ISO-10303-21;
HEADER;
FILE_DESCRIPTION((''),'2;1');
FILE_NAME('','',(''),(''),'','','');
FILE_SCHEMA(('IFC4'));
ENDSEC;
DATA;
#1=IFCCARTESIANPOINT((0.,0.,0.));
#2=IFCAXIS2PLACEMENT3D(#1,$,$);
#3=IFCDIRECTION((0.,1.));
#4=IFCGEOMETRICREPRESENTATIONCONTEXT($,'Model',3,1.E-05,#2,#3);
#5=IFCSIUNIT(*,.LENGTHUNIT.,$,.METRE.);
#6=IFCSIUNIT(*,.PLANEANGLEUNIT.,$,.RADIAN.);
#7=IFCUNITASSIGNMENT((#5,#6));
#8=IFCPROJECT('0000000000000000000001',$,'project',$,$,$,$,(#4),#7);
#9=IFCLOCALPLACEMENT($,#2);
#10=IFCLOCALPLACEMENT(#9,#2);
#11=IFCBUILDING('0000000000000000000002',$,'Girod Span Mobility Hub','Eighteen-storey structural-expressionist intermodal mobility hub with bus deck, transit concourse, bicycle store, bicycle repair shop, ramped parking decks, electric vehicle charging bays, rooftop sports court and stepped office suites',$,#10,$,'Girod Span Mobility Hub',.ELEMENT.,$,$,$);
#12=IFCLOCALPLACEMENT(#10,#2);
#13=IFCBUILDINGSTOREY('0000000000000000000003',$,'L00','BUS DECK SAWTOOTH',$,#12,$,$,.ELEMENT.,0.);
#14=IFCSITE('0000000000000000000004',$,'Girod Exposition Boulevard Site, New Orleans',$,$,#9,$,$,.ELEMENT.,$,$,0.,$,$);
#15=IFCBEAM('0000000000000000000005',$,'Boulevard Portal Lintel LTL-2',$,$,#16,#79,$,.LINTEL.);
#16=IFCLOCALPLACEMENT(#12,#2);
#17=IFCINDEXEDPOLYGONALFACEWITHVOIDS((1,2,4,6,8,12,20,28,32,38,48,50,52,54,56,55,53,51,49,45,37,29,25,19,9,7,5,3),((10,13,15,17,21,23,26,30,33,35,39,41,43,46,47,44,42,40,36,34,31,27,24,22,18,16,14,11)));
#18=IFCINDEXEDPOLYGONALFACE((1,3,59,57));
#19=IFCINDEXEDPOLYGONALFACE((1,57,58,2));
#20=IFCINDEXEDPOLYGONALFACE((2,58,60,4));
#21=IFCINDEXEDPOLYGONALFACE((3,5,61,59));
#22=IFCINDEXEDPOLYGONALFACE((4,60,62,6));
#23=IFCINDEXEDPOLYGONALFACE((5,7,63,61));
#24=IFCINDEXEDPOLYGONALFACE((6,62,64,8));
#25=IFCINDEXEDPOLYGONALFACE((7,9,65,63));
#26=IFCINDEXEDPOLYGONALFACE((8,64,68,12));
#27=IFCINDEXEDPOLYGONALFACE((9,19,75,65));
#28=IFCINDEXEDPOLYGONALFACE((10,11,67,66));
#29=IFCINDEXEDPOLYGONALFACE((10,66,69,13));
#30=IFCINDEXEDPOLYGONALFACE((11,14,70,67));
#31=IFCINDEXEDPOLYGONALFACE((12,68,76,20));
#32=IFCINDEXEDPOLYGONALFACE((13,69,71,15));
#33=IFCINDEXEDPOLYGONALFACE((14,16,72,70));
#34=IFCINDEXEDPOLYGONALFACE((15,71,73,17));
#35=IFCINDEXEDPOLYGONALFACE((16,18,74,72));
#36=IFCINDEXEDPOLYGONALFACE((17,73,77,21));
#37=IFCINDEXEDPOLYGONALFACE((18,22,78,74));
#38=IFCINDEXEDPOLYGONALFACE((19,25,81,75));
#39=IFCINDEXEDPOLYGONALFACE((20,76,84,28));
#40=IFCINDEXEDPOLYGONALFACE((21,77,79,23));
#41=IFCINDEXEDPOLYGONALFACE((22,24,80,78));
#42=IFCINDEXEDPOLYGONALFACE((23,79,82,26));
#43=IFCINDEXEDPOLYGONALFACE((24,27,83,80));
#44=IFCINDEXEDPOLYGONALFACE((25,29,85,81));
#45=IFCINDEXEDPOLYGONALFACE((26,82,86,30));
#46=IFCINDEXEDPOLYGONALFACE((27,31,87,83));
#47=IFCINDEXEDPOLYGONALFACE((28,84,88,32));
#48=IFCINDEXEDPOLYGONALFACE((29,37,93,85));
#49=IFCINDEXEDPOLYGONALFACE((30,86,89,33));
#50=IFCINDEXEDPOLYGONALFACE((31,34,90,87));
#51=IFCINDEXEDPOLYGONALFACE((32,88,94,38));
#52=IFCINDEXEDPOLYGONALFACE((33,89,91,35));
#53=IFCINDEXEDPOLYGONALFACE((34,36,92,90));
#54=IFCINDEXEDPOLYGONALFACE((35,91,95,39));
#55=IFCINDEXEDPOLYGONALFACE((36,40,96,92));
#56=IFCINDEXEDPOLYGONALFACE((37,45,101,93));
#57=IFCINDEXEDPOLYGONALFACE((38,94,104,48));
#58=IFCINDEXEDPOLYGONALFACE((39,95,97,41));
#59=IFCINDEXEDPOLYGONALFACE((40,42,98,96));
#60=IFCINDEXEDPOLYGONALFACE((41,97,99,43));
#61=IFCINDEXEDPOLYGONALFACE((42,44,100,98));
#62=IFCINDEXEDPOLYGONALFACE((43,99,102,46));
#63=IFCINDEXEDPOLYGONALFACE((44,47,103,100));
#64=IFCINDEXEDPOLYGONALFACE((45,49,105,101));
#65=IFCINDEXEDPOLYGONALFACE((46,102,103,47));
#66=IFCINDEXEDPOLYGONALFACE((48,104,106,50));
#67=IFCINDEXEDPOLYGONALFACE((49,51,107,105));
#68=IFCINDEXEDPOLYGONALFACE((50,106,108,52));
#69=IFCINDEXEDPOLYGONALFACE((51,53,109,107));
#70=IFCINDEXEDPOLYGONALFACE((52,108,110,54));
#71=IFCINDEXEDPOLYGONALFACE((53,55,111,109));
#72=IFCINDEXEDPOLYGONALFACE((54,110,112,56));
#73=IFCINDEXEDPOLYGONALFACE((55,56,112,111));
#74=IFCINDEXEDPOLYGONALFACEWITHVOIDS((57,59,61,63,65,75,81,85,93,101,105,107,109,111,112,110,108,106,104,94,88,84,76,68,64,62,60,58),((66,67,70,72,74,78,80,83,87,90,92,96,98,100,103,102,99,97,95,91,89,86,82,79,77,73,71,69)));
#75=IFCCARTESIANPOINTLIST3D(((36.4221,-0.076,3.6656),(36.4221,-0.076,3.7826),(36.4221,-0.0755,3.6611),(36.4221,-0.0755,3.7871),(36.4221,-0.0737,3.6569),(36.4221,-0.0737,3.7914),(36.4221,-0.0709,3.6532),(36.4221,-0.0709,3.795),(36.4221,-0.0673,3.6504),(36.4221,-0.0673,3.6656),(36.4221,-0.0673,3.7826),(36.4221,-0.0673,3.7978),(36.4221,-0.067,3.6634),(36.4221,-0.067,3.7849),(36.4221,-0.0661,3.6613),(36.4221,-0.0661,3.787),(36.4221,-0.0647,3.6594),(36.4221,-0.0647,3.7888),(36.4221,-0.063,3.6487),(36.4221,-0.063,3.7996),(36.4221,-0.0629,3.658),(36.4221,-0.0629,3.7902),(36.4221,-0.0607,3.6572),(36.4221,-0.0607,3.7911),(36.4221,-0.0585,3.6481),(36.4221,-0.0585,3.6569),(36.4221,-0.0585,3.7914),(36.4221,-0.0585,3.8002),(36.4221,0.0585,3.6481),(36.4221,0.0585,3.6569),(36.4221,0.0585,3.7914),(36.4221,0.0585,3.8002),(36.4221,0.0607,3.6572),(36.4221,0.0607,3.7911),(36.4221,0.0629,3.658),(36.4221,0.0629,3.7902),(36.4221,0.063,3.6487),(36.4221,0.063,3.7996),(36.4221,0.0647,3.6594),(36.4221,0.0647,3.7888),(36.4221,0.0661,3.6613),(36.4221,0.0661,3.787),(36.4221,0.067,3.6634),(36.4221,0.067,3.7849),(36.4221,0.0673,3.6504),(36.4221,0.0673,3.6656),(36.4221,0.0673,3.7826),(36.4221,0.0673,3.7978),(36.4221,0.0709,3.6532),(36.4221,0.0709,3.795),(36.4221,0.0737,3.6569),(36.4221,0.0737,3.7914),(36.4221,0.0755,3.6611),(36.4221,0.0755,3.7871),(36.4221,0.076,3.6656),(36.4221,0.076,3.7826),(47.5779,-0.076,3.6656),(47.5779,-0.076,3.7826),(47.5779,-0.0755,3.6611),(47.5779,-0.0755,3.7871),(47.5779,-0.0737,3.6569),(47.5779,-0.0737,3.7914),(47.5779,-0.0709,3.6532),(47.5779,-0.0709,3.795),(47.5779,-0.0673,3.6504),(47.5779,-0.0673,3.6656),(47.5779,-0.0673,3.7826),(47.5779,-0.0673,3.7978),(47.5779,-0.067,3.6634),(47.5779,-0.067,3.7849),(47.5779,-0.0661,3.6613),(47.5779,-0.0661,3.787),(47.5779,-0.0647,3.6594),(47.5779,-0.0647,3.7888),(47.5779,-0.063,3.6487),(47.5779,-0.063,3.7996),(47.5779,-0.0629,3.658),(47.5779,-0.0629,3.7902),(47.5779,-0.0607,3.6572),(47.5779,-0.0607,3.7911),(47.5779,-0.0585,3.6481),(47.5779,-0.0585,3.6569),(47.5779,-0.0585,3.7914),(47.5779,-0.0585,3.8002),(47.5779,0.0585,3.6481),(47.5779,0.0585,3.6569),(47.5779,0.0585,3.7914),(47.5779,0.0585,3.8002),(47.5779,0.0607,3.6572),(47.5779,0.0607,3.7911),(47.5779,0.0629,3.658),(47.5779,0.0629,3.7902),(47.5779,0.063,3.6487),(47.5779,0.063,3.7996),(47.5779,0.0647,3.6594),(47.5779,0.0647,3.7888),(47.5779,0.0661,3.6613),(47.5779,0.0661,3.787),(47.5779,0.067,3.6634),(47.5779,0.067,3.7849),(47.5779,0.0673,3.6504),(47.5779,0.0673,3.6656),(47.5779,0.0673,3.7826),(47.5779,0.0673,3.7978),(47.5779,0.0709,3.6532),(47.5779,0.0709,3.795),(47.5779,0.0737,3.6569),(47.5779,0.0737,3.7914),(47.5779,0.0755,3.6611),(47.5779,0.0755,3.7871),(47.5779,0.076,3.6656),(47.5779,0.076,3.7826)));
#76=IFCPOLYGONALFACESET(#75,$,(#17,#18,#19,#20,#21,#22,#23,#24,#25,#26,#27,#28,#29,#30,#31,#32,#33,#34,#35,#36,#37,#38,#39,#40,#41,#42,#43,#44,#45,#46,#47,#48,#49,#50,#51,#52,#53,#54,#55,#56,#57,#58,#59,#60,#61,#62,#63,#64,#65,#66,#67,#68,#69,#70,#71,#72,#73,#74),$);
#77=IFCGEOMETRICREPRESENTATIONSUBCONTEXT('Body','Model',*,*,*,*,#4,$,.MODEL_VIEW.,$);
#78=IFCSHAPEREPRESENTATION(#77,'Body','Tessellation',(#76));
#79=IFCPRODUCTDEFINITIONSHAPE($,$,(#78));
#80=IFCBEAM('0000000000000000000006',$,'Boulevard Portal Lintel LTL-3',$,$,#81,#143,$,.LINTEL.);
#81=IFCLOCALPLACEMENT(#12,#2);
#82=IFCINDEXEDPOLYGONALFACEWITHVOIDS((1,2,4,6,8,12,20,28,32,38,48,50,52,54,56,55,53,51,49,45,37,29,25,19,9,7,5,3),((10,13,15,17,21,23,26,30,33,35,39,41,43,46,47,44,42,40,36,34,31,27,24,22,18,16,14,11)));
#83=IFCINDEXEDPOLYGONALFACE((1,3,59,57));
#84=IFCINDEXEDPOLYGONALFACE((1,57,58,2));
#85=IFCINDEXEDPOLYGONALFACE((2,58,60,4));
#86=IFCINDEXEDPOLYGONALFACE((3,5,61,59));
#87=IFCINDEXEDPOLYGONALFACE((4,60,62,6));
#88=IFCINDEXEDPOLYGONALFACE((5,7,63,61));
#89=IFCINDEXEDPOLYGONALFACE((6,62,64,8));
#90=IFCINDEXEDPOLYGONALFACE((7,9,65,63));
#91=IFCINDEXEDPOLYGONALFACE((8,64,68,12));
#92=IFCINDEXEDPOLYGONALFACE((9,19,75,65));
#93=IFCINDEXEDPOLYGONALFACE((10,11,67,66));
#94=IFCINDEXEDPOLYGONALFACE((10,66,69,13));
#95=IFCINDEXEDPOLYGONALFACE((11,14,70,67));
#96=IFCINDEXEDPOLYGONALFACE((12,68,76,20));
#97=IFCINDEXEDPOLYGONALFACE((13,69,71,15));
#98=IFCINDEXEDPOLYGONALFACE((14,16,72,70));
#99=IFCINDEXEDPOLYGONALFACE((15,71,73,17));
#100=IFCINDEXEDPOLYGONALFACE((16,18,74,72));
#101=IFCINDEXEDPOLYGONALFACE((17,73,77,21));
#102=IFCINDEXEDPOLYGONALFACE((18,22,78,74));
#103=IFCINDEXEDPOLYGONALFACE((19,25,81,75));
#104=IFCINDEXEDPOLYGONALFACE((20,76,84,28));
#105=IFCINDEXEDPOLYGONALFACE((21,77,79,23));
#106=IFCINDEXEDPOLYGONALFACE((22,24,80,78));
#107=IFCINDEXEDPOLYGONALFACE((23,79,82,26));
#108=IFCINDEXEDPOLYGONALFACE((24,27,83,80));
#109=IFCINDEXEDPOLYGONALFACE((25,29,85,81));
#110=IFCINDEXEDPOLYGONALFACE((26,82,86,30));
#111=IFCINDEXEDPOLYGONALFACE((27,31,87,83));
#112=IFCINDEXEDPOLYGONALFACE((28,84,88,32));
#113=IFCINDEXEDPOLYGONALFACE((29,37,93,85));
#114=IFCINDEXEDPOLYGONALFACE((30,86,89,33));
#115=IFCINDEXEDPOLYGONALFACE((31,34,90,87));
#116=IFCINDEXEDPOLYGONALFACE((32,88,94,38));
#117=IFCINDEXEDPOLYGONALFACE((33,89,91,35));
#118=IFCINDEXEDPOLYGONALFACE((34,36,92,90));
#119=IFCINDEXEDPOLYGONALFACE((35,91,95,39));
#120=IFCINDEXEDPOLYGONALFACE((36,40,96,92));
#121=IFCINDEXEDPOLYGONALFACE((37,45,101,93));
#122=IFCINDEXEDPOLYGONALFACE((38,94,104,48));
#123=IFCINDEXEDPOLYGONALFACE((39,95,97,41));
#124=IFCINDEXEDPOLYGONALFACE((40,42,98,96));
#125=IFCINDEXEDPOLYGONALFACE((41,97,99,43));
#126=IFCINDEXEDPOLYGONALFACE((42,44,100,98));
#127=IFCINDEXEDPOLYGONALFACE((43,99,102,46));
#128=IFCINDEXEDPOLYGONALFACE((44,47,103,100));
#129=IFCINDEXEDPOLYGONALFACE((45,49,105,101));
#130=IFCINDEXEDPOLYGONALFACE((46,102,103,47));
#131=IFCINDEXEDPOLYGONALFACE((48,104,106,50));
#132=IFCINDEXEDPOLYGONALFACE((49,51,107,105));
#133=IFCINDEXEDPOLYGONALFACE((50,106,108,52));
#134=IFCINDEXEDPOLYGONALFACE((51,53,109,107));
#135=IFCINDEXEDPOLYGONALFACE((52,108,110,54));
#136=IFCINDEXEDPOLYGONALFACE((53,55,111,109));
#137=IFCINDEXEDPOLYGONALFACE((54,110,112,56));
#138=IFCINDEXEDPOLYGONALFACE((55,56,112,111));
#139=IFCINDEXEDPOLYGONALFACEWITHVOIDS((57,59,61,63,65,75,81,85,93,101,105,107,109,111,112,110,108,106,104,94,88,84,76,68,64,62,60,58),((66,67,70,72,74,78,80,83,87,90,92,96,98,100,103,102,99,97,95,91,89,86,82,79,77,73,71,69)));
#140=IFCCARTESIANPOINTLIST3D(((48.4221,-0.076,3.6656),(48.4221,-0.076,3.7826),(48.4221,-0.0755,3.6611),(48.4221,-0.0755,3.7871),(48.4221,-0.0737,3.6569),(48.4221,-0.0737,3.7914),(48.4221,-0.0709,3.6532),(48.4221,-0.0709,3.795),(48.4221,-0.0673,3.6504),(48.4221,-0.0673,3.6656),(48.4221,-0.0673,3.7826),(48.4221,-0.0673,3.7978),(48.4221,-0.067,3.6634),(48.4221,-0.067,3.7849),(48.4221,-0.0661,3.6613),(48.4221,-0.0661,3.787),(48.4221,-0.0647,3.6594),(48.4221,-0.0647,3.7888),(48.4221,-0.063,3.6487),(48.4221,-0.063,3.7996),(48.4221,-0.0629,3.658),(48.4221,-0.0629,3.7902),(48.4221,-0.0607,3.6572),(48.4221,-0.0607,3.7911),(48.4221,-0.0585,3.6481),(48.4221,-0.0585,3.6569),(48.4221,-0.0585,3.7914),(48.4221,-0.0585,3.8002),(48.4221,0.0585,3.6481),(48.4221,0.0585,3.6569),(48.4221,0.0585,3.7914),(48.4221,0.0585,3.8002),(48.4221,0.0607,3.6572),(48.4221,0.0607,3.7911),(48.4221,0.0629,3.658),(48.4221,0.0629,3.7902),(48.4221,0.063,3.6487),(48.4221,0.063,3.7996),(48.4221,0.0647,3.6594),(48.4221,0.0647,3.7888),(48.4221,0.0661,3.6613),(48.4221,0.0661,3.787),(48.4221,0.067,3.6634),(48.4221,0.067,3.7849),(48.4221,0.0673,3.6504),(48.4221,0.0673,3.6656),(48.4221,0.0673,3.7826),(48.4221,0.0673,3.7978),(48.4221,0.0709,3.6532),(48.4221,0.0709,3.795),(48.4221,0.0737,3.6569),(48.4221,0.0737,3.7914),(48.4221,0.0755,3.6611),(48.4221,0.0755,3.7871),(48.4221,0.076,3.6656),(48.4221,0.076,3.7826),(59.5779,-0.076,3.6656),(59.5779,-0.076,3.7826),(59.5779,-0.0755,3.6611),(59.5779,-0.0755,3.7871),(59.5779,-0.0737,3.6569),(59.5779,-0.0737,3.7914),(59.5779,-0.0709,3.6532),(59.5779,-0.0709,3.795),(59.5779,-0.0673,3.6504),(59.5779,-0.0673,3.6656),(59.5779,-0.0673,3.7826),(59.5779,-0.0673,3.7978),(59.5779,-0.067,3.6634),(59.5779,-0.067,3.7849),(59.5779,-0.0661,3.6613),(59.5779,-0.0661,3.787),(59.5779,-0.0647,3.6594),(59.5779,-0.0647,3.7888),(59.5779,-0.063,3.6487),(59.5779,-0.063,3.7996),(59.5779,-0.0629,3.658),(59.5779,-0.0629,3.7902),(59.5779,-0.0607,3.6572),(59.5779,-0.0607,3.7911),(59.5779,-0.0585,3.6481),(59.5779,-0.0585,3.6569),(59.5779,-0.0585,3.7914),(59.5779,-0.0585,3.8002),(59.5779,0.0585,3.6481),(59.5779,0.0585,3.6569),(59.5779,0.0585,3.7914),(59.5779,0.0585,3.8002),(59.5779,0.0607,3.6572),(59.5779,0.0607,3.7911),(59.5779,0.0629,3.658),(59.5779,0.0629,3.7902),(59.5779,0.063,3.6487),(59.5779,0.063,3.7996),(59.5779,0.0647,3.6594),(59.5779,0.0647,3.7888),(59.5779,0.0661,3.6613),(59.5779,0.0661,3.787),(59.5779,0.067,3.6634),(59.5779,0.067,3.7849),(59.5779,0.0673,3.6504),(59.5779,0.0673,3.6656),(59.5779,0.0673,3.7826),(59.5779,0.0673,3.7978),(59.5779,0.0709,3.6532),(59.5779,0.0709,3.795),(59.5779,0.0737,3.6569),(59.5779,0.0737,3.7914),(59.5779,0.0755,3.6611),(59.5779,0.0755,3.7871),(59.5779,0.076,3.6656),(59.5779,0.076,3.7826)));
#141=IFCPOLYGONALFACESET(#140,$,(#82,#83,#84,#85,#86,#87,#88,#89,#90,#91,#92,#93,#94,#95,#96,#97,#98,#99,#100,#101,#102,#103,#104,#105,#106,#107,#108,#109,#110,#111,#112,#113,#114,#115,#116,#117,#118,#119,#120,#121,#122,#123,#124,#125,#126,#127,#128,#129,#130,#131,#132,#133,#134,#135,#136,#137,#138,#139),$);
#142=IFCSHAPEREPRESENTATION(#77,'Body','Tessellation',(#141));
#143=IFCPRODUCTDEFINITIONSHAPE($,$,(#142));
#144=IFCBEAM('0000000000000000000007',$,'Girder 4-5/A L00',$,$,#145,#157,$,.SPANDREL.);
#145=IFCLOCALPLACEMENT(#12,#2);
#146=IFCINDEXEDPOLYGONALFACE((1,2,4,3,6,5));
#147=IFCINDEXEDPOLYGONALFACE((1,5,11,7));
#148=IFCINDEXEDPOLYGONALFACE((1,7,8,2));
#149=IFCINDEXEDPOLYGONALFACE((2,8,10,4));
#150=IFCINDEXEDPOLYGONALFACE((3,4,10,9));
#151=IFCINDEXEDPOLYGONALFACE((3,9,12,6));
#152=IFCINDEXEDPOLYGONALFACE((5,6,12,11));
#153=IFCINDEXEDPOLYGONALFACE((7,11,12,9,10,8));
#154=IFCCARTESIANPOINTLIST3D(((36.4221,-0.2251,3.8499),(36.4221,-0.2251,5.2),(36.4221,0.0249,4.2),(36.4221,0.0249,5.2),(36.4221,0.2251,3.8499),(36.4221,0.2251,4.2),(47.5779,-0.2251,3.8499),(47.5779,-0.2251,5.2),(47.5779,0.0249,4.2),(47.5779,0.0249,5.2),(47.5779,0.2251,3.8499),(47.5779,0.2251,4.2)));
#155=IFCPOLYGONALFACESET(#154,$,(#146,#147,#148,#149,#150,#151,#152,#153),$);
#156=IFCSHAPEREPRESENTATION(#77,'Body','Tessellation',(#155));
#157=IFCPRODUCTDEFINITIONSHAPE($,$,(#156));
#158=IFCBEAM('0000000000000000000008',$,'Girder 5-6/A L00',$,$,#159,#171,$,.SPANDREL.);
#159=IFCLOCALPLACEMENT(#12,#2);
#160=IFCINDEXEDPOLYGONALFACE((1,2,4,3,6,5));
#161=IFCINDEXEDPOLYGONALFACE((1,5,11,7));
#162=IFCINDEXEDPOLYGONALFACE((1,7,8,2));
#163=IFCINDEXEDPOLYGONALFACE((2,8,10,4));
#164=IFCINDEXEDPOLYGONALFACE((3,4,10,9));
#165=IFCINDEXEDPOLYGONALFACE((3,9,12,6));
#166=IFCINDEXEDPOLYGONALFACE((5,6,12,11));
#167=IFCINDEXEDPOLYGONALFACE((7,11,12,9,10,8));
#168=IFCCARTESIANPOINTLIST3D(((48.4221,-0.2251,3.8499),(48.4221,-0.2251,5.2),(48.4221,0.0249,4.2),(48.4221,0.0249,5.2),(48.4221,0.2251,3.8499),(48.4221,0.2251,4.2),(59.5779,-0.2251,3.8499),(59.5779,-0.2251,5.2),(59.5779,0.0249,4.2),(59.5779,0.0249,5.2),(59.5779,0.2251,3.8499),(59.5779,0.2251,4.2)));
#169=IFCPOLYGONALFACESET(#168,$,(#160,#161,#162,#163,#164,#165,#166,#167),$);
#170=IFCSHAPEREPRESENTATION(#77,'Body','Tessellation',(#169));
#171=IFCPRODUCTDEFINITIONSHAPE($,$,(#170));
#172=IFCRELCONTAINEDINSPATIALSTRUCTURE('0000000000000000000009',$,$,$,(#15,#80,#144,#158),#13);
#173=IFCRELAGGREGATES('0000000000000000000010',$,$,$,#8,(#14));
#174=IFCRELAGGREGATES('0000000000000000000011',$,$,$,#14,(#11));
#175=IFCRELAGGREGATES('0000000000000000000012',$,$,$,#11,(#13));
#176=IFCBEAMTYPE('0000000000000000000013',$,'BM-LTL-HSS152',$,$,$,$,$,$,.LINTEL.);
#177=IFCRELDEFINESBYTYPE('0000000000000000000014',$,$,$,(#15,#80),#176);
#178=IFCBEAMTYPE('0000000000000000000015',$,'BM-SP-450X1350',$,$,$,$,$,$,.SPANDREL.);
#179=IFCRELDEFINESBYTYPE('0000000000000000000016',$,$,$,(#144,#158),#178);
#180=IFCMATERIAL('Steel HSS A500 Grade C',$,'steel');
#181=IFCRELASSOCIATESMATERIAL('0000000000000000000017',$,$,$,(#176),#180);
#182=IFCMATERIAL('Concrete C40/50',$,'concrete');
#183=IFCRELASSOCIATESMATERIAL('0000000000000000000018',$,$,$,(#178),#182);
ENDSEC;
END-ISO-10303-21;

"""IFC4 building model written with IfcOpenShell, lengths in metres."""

from ifc_helpers import new_model, si_unit, direction, frame, origin, origin_2d, place, context, subcontext, project, spatial, polyline, hollow_rectangle, outline, extrude, material, material_profile, profile_set, type_object, element, save


model = new_model("IFC4")

# Units and contexts
model_context = context("Model", 3, precision=1e-05, world=origin(), true_north=direction((0.0, 1.0)))
body_context = subcontext(model_context, "Body", "Model", "MODEL_VIEW")
ifc_project = project(units=[si_unit("LENGTHUNIT", "METRE"), si_unit("PLANEANGLEUNIT", "RADIAN")], contexts=[model_context])

# Site, building, storey
site_placement = place(None, origin())
site = spatial("IfcSite", under=ifc_project, at=site_placement, Name="Girod Exposition Boulevard Site, New Orleans", CompositionType="ELEMENT", RefElevation=0.0)
building_placement = place(site_placement, origin())
building = spatial("IfcBuilding", under=site, at=building_placement, Name="Girod Span Mobility Hub", Description="Eighteen-storey structural-expressionist intermodal mobility hub with bus deck, transit concourse, bicycle store, bicycle repair shop, ramped parking decks, electric vehicle charging bays, rooftop sports court and stepped office suites", LongName="Girod Span Mobility Hub", CompositionType="ELEMENT")
storey_placement = place(building_placement, origin())
storey = spatial("IfcBuildingStorey", under=building, at=storey_placement, Name="L00", Description="BUS DECK SAWTOOTH", CompositionType="ELEMENT", Elevation=0.0)

# Beams
ifc_material_1 = material(Name="Steel HSS A500 Grade C", Category="steel")
ifc_material_profile_1 = material_profile(ifc_material_1, hollow_rectangle(XDim=0.1521, YDim=0.1521, WallThickness=0.0088, InnerFilletRadius=0.0088, OuterFilletRadius=0.0176, at=origin_2d()), Name="HSS152X152X9.5")
ifc_profile_set_1 = profile_set([ifc_material_profile_1], Name="Steel HSS A500 Grade C")
beam_type_1 = type_object("IfcBeamType", Name="BM-LTL-HSS152", PredefinedType="LINTEL", material=ifc_profile_set_1)
for number, where, z_axis, x_axis, name in (
    (1, (36.4221, 0.0, 3.7241), (1.0, 0.0, 0.0), (0.0, 1.0, 0.0), "Boulevard Portal Lintel LTL-2"),
    (2, (48.4221, 0.0, 3.7241), (1.0, 0.0, 0.0), (0.0, 1.0, 0.0), "Boulevard Portal Lintel LTL-3"),
):
    element("IfcBeam", number, at=place(storey_placement, frame(where, z_axis=z_axis, x_axis=x_axis)), inside=storey, type_object=beam_type_1, Name=name, PredefinedType="LINTEL", context=body_context, shape_type="SweptSolid", body=[
        extrude(hollow_rectangle(XDim=0.1521, YDim=0.1521, WallThickness=0.0088, InnerFilletRadius=0.0088, OuterFilletRadius=0.0176, at=origin_2d()), origin(), (0.0, 0.0, 1.0), 11.1558),
    ])
ifc_material_2 = material(Name="Concrete C40/50", Category="concrete")
ifc_material_profile_2 = material_profile(ifc_material_2, outline(polyline([(-0.2251, -0.675), (0.2251, -0.675), (0.2251, -0.325), (0.0249, -0.325), (0.0249, 0.675), (-0.2251, 0.675), (-0.2251, -0.675)])), Name="SP-450X1350")
ifc_profile_set_2 = profile_set([ifc_material_profile_2], Name="Concrete C40/50")
beam_type_2 = type_object("IfcBeamType", Name="BM-SP-450X1350", PredefinedType="SPANDREL", material=ifc_profile_set_2)
for number, where, z_axis, x_axis, name in (
    (3, (36.4221, 0.0, 4.5249), (1.0, 0.0, 0.0), (0.0, 1.0, 0.0), "Girder 4-5/A L00"),
    (4, (48.4221, 0.0, 4.5249), (1.0, 0.0, 0.0), (0.0, 1.0, 0.0), "Girder 5-6/A L00"),
):
    element("IfcBeam", number, at=place(storey_placement, frame(where, z_axis=z_axis, x_axis=x_axis)), inside=storey, type_object=beam_type_2, Name=name, PredefinedType="SPANDREL", context=body_context, shape_type="SweptSolid", body=[
        extrude(outline(polyline([(-0.2251, -0.675), (0.2251, -0.675), (0.2251, -0.325), (0.0249, -0.325), (0.0249, 0.675), (-0.2251, 0.675), (-0.2251, -0.675)])), origin(), (0.0, 0.0, 1.0), 11.1558),
    ])

save(model, "model.ifc")
